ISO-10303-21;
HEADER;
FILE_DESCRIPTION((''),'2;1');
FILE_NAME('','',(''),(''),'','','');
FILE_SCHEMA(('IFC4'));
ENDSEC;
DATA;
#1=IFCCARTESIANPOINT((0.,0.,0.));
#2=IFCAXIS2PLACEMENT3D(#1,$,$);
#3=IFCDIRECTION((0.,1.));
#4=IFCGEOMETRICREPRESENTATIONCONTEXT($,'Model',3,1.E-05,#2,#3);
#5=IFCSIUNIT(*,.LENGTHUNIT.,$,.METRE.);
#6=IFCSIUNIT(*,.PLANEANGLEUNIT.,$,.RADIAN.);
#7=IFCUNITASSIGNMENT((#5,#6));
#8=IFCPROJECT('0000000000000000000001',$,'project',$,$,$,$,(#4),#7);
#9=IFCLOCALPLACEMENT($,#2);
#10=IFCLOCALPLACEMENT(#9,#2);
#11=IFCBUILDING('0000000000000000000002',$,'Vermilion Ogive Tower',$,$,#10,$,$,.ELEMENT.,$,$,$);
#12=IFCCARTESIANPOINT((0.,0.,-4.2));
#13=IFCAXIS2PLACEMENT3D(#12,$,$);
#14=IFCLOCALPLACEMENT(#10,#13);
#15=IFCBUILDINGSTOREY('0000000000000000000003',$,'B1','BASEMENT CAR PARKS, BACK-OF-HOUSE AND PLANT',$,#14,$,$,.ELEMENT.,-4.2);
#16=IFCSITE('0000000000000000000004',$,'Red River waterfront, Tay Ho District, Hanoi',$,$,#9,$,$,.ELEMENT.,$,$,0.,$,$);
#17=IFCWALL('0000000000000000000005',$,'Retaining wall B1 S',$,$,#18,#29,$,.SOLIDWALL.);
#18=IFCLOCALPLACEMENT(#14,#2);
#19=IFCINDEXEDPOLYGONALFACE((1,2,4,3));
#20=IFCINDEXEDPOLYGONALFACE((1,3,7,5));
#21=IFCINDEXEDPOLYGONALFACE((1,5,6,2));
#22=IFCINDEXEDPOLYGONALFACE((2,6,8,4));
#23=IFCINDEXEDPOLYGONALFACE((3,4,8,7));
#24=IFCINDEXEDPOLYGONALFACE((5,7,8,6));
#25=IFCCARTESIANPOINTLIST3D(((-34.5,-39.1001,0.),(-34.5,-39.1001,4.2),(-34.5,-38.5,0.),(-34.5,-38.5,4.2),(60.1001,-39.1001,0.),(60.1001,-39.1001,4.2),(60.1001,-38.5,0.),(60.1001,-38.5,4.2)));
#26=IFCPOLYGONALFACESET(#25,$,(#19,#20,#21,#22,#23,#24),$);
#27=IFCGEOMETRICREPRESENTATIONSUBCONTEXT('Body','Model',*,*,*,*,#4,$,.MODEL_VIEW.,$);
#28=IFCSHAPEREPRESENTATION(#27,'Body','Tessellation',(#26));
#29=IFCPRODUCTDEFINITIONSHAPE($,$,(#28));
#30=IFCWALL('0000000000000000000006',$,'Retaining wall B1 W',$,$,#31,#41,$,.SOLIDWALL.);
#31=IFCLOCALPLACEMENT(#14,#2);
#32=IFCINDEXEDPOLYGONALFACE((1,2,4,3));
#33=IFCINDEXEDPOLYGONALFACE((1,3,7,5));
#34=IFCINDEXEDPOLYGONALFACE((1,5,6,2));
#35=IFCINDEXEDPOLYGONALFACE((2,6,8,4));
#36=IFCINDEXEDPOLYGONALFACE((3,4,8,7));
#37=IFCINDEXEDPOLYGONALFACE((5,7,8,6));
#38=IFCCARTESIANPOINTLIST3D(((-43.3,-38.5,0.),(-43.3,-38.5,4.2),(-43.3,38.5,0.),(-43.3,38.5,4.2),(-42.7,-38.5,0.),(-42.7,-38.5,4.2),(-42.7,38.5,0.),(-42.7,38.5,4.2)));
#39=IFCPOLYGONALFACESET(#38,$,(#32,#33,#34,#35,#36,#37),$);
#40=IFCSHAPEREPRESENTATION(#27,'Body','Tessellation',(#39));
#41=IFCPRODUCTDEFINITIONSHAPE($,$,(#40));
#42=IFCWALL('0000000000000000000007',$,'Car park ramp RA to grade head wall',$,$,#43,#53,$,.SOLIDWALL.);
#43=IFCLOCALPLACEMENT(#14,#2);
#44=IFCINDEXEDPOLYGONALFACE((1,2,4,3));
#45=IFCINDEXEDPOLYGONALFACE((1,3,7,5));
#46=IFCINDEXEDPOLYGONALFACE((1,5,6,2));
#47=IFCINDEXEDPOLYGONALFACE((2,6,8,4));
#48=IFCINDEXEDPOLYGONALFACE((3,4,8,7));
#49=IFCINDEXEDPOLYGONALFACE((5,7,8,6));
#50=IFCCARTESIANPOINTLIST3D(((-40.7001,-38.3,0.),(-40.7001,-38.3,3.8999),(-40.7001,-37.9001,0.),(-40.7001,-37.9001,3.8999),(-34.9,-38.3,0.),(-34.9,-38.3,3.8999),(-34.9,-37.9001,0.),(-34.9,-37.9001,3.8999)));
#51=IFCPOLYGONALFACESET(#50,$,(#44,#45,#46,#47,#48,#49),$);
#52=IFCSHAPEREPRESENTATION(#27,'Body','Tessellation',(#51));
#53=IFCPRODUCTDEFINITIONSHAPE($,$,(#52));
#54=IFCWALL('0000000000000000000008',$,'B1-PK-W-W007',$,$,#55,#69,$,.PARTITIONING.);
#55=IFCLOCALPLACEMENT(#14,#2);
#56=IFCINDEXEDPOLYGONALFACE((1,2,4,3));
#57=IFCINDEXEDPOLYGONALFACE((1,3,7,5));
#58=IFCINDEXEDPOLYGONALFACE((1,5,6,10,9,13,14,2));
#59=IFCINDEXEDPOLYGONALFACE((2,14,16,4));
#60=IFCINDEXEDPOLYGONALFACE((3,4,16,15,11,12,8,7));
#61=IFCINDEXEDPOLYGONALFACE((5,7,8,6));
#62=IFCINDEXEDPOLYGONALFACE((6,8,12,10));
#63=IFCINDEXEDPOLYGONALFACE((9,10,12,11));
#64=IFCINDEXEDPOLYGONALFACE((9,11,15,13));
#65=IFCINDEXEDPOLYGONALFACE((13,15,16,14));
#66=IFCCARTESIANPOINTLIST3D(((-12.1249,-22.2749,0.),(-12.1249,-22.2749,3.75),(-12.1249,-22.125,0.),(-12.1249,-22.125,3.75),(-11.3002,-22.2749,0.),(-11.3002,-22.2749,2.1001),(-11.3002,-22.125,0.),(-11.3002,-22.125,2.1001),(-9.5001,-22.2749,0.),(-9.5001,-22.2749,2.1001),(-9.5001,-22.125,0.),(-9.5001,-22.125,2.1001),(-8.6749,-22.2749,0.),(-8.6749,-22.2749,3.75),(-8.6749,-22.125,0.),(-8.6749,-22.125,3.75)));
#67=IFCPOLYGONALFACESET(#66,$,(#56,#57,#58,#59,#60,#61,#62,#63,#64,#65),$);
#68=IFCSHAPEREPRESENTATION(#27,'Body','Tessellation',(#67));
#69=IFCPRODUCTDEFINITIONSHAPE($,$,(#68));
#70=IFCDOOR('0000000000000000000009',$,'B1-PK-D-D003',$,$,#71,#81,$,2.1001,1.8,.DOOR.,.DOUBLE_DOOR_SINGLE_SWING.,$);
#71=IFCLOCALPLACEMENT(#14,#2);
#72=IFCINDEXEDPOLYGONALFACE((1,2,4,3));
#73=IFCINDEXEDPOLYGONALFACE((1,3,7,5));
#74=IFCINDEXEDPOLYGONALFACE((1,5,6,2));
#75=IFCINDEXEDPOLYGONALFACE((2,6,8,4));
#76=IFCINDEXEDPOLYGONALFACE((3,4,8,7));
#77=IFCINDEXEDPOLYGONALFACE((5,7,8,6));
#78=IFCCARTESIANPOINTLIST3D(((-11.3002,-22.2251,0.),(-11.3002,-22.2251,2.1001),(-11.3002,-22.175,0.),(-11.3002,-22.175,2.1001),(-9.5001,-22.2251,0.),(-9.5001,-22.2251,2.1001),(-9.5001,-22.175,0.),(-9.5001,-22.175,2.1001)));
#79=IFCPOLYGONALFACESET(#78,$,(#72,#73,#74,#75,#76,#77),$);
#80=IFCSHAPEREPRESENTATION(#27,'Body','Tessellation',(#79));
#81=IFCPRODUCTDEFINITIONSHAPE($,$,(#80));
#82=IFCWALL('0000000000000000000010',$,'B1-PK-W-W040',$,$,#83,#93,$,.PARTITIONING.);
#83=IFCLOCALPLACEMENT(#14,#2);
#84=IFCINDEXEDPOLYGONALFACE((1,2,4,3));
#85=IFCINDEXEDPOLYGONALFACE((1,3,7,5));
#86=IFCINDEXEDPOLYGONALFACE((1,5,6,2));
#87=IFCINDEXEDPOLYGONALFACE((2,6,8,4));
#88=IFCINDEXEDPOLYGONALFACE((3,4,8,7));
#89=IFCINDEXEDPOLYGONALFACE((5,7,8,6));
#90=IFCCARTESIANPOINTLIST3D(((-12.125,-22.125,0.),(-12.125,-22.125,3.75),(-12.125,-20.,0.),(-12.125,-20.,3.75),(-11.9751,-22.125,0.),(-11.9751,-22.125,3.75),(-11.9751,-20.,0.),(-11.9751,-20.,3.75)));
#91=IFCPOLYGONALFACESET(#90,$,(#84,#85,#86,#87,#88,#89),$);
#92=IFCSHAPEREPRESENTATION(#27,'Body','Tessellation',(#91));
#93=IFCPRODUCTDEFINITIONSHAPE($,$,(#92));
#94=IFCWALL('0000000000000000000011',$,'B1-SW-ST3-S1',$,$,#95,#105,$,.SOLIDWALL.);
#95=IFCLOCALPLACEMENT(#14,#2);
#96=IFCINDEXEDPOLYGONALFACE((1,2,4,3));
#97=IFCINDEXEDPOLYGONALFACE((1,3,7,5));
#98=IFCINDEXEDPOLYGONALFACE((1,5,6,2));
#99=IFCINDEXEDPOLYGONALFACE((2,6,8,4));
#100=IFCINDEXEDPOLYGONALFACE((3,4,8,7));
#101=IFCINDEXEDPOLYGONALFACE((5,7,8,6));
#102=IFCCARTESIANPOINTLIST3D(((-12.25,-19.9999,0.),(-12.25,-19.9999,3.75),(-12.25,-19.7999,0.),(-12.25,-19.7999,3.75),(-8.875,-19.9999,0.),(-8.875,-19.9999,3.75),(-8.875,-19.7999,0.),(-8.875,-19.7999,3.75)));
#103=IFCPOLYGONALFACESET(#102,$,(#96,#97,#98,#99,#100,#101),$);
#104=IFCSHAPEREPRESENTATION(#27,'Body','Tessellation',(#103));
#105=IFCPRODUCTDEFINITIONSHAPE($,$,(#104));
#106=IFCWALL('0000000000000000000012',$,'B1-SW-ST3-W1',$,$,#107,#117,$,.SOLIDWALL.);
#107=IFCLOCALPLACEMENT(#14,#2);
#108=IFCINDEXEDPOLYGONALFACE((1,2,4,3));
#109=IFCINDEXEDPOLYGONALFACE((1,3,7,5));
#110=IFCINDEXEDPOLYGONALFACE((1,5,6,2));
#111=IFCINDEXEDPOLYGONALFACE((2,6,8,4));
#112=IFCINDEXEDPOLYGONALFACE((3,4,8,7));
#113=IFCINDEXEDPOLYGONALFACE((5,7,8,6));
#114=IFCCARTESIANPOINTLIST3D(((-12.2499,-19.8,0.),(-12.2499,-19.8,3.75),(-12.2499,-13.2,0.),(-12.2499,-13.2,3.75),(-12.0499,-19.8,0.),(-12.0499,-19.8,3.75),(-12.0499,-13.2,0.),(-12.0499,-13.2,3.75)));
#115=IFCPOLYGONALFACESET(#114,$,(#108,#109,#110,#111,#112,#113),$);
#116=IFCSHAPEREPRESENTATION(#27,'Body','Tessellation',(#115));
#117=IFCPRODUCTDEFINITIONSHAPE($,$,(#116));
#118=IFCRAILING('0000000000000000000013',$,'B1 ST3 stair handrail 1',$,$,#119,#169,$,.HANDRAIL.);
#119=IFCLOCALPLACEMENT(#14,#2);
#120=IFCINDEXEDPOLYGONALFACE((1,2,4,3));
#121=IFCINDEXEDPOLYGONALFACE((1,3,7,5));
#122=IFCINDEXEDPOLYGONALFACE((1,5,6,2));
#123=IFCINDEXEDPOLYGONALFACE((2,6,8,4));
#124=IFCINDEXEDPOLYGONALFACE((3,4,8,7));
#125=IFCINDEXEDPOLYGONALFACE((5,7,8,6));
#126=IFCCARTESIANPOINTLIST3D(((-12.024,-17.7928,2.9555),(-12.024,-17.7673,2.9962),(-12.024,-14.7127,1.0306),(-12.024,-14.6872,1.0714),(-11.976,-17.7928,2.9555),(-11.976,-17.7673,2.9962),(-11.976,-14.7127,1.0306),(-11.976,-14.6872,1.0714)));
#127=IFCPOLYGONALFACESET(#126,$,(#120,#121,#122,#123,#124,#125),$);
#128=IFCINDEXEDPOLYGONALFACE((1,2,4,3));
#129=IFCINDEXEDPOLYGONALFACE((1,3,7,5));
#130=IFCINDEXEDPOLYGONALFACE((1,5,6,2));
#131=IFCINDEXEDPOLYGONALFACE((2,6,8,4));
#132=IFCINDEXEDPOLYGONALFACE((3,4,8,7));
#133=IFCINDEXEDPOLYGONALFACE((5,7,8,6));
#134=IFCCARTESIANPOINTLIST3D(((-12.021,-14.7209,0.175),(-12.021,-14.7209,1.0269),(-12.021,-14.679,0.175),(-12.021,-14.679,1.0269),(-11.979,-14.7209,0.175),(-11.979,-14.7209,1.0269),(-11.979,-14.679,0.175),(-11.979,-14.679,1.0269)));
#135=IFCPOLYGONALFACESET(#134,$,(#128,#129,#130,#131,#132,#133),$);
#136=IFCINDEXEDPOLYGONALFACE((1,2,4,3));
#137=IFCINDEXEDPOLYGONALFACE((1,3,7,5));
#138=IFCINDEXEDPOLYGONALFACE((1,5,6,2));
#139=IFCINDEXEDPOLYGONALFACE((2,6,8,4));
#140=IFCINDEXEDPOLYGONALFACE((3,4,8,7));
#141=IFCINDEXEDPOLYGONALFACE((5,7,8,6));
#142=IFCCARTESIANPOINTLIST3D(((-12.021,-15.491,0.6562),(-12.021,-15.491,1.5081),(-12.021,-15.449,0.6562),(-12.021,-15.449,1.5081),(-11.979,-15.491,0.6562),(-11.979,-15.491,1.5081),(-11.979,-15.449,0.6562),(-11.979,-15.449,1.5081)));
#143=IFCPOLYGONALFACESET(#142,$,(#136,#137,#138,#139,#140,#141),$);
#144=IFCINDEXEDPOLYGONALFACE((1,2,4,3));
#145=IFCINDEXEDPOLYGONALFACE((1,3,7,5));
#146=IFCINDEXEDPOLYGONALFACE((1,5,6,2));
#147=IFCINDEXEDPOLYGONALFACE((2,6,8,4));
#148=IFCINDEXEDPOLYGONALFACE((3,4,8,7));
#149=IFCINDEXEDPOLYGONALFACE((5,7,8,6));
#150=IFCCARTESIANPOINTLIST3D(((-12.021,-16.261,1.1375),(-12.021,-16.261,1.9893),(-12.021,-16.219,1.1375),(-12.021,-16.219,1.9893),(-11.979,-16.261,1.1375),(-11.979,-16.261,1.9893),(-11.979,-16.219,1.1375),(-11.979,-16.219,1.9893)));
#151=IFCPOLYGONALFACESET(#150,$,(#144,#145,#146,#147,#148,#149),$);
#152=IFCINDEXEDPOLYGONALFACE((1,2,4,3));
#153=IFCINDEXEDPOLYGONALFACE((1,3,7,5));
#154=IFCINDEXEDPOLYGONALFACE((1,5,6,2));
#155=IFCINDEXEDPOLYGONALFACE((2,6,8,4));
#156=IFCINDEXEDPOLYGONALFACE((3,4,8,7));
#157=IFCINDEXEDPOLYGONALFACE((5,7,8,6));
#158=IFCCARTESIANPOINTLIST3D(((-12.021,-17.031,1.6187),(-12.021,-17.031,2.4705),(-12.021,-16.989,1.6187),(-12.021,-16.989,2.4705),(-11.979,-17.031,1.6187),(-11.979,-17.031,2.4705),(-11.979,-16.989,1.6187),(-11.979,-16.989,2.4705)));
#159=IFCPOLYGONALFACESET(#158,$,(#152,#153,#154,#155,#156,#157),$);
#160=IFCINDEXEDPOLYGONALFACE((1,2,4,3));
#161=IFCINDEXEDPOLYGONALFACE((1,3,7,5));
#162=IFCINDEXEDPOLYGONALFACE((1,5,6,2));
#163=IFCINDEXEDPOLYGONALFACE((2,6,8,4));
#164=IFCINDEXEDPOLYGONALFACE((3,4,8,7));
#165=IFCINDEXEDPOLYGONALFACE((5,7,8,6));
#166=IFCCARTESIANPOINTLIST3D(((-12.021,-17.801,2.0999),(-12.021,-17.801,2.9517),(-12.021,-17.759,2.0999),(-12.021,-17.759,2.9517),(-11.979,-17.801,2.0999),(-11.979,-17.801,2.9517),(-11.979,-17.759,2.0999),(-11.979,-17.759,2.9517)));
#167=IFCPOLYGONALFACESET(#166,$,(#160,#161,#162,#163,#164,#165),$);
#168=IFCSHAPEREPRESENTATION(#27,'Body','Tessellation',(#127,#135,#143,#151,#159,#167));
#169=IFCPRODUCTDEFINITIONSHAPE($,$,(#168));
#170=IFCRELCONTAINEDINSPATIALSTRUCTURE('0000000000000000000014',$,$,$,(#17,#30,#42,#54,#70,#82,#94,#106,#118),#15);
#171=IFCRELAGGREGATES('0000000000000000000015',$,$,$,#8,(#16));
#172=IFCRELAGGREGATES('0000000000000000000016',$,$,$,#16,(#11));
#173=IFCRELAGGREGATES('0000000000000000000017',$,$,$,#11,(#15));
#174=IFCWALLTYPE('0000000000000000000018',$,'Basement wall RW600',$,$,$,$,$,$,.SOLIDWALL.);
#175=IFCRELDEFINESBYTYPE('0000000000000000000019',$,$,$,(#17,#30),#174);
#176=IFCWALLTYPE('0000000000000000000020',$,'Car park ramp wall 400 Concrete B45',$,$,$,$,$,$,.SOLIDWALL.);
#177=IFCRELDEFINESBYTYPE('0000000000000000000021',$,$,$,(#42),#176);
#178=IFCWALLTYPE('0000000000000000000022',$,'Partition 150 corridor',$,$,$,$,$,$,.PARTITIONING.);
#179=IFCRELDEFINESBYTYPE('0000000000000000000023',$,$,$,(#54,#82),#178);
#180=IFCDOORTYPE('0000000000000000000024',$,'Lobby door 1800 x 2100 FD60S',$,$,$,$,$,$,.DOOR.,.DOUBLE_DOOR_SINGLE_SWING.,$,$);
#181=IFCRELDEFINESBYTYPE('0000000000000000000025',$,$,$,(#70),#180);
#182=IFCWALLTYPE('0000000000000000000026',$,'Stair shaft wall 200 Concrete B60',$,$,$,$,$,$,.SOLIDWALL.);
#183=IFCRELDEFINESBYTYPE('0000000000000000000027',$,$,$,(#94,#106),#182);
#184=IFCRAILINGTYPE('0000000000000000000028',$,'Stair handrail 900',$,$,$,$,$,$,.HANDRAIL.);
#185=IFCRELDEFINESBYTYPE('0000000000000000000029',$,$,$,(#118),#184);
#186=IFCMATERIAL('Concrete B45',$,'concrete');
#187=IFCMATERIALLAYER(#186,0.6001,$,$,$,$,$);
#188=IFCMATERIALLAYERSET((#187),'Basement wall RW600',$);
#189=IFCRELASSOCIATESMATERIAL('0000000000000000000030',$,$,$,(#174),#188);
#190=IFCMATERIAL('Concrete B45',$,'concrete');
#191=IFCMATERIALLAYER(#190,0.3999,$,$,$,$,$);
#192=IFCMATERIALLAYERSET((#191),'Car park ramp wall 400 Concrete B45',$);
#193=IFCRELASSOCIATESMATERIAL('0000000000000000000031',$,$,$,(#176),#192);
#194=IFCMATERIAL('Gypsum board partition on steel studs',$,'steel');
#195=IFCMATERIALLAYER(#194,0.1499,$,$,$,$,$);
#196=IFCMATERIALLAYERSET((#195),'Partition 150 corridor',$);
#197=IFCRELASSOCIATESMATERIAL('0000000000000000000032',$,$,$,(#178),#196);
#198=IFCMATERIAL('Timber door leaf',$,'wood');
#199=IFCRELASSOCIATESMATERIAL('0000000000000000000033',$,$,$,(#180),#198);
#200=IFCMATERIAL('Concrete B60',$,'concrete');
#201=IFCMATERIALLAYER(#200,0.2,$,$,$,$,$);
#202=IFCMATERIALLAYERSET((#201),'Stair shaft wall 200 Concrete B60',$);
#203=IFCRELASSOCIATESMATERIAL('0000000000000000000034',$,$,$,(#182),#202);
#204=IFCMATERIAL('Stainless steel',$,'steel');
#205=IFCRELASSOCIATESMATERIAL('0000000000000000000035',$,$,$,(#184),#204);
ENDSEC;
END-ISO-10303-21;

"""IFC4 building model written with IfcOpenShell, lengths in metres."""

from ifc_helpers import new_model, si_unit, direction, frame, frame_2d, origin, origin_2d, place, context, subcontext, project, spatial, rectangle, extrude, material, layer, layer_set, type_object, element, fill, save


model = new_model("IFC4")

# Units and contexts
model_context = context("Model", 3, precision=1e-05, world=origin(), true_north=direction((0.0, 1.0)))
body_context = subcontext(model_context, "Body", "Model", "MODEL_VIEW")
ifc_project = project(units=[si_unit("LENGTHUNIT", "METRE"), si_unit("PLANEANGLEUNIT", "RADIAN")], contexts=[model_context])

# Site, building, storey
site_placement = place(None, origin())
site = spatial("IfcSite", under=ifc_project, at=site_placement, Name="Red River waterfront, Tay Ho District, Hanoi", CompositionType="ELEMENT", RefElevation=0.0)
building_placement = place(site_placement, origin())
building = spatial("IfcBuilding", under=site, at=building_placement, Name="Vermilion Ogive Tower", CompositionType="ELEMENT")
storey_placement = place(building_placement, frame((0.0, 0.0, -4.2)))
storey = spatial("IfcBuildingStorey", under=building, at=storey_placement, Name="B1", Description="BASEMENT CAR PARKS, BACK-OF-HOUSE AND PLANT", CompositionType="ELEMENT", Elevation=-4.2)

# Walls
ifc_material_1 = material(Name="Concrete B45", Category="concrete")
ifc_layer_1 = layer(ifc_material_1, 0.6001)
ifc_layer_set_1 = layer_set([ifc_layer_1], Name="Basement wall RW600")
wall_type_1 = type_object("IfcWallType", Name="Basement wall RW600", PredefinedType="SOLIDWALL", material=ifc_layer_set_1)
wall_1_placement = place(storey_placement, frame((-34.5, -38.8, 0.0), z_axis=(0.0, 0.0, 1.0), x_axis=(1.0, 0.0, 0.0)))
element("IfcWall", 1, at=wall_1_placement, inside=storey, type_object=wall_type_1, Name="Retaining wall B1 S", PredefinedType="SOLIDWALL", context=body_context, shape_type="SweptSolid", body=[
    extrude(rectangle(XDim=94.6001, YDim=0.6001, at=frame_2d((47.3, 0.0))), origin(), (0.0, 0.0, 1.0), 4.2),
])
wall_2_placement = place(storey_placement, frame((-43.0, -38.5, 0.0), z_axis=(0.0, 0.0, 1.0), x_axis=(0.0, 1.0, 0.0)))
element("IfcWall", 2, at=wall_2_placement, inside=storey, type_object=wall_type_1, Name="Retaining wall B1 W", PredefinedType="SOLIDWALL", context=body_context, shape_type="SweptSolid", body=[
    extrude(rectangle(XDim=77.0, YDim=0.6001, at=frame_2d((38.5, 0.0))), origin(), (0.0, 0.0, 1.0), 4.2),
])
ifc_material_2 = material(Name="Concrete B45", Category="concrete")
ifc_layer_2 = layer(ifc_material_2, 0.3999)
ifc_layer_set_2 = layer_set([ifc_layer_2], Name="Car park ramp wall 400 Concrete B45")
wall_type_2 = type_object("IfcWallType", Name="Car park ramp wall 400 Concrete B45", PredefinedType="SOLIDWALL", material=ifc_layer_set_2)
wall_3_placement = place(storey_placement, frame((-40.7, -38.1001, 0.0), z_axis=(0.0, 0.0, 1.0), x_axis=(1.0, 0.0, 0.0)))
element("IfcWall", 3, at=wall_3_placement, inside=storey, type_object=wall_type_2, Name="Car park ramp RA to grade head wall", PredefinedType="SOLIDWALL", context=body_context, shape_type="SweptSolid", body=[
    extrude(rectangle(XDim=5.8, YDim=0.3999, at=frame_2d((2.8999, 0.0))), origin(), (0.0, 0.0, 1.0), 3.8999),
])

# Wall, opening, door
ifc_material_3 = material(Name="Gypsum board partition on steel studs", Category="steel")
ifc_layer_3 = layer(ifc_material_3, 0.1499)
ifc_layer_set_3 = layer_set([ifc_layer_3], Name="Partition 150 corridor")
wall_type_3 = type_object("IfcWallType", Name="Partition 150 corridor", PredefinedType="PARTITIONING", material=ifc_layer_set_3)
wall_4_placement = place(storey_placement, frame((-12.125, -22.2, 0.0), z_axis=(0.0, 0.0, 1.0), x_axis=(1.0, 0.0, 0.0)))
wall_4 = element("IfcWall", 4, at=wall_4_placement, inside=storey, type_object=wall_type_3, Name="B1-PK-W-W007", PredefinedType="PARTITIONING", context=body_context, shape_type="SweptSolid", body=[
    extrude(rectangle(XDim=3.45, YDim=0.1499, at=frame_2d((1.7251, 0.0))), origin(), (0.0, 0.0, 1.0), 3.75),
])
opening_placement = place(wall_4_placement, frame((0.825, 0.0, 0.0)))
opening = element("IfcOpeningElement", 5, at=opening_placement, cuts=wall_4, PredefinedType="OPENING", context=body_context, shape_type="SweptSolid", body=[
    extrude(rectangle(XDim=1.8, YDim=2.1001, at=frame_2d((0.8999, 1.05))), frame((0.0, 0.085, 0.0), z_axis=(0.0, -1.0, 0.0), x_axis=(1.0, 0.0, 0.0)), (0.0, 0.0, 1.0), 0.1699),
])
ifc_material_4 = material(Name="Timber door leaf", Category="wood")
door_type = type_object("IfcDoorType", Name="Lobby door 1800 x 2100 FD60S", OperationType="DOUBLE_DOOR_SINGLE_SWING", PredefinedType="DOOR", material=ifc_material_4)
door_placement = place(opening_placement, origin())
door = element("IfcDoor", 6, at=door_placement, inside=storey, type_object=door_type, Name="B1-PK-D-D003", OperationType="DOUBLE_DOOR_SINGLE_SWING", OverallHeight=2.1001, OverallWidth=1.8, PredefinedType="DOOR", context=body_context, shape_type="SweptSolid", body=[
    extrude(rectangle(XDim=1.8, YDim=2.1001, at=frame_2d((0.8999, 1.05))), frame((0.0, 0.0249, 0.0), z_axis=(0.0, -1.0, 0.0), x_axis=(1.0, 0.0, 0.0)), (0.0, 0.0, 1.0), 0.05),
])
fill(opening, door)

# Walls
wall_5_placement = place(storey_placement, frame((-12.05, -22.125, 0.0), z_axis=(0.0, 0.0, 1.0), x_axis=(0.0, 1.0, 0.0)))
element("IfcWall", 7, at=wall_5_placement, inside=storey, type_object=wall_type_3, Name="B1-PK-W-W040", PredefinedType="PARTITIONING", context=body_context, shape_type="SweptSolid", body=[
    extrude(rectangle(XDim=2.125, YDim=0.1499, at=frame_2d((1.0625, 0.0))), origin(), (0.0, 0.0, 1.0), 3.75),
])
ifc_material_5 = material(Name="Concrete B60", Category="concrete")
ifc_layer_4 = layer(ifc_material_5, 0.2)
ifc_layer_set_4 = layer_set([ifc_layer_4], Name="Stair shaft wall 200 Concrete B60")
wall_type_4 = type_object("IfcWallType", Name="Stair shaft wall 200 Concrete B60", PredefinedType="SOLIDWALL", material=ifc_layer_set_4)
wall_6_placement = place(storey_placement, frame((-12.25, -19.8999, 0.0), z_axis=(0.0, 0.0, 1.0), x_axis=(1.0, 0.0, 0.0)))
element("IfcWall", 8, at=wall_6_placement, inside=storey, type_object=wall_type_4, Name="B1-SW-ST3-S1", PredefinedType="SOLIDWALL", context=body_context, shape_type="SweptSolid", body=[
    extrude(rectangle(XDim=3.375, YDim=0.2, at=frame_2d((1.6875, 0.0))), origin(), (0.0, 0.0, 1.0), 3.75),
])
wall_7_placement = place(storey_placement, frame((-12.1499, -19.8, 0.0), z_axis=(0.0, 0.0, 1.0), x_axis=(0.0, 1.0, 0.0)))
element("IfcWall", 9, at=wall_7_placement, inside=storey, type_object=wall_type_4, Name="B1-SW-ST3-W1", PredefinedType="SOLIDWALL", context=body_context, shape_type="SweptSolid", body=[
    extrude(rectangle(XDim=6.6001, YDim=0.2, at=frame_2d((3.3, 0.0))), origin(), (0.0, 0.0, 1.0), 3.75),
])

# Railing
ifc_material_6 = material(Name="Stainless steel", Category="steel")
railing_type = type_object("IfcRailingType", Name="Stair handrail 900", PredefinedType="HANDRAIL", material=ifc_material_6)
railing_placement = place(storey_placement, frame((-12.0, -14.7, 0.175)))
element("IfcRailing", 10, at=railing_placement, inside=storey, type_object=railing_type, Name="B1 ST3 stair handrail 1", PredefinedType="HANDRAIL", context=body_context, shape_type="SweptSolid", body=[
    extrude(rectangle(XDim=0.0481, YDim=0.0481, at=origin_2d()), frame((0.0, 0.0, 0.876), z_axis=(0.0, -0.848029, 0.529951), x_axis=(1.0, 0.0, 0.0)), (0.0, 0.0, 1.0), 3.6321),
    extrude(rectangle(XDim=0.042, YDim=0.042, at=origin_2d()), origin(), (0.0, 0.0, 1.0), 0.8518),
    extrude(rectangle(XDim=0.042, YDim=0.042, at=origin_2d()), frame((0.0, -0.77, 0.4812)), (0.0, 0.0, 1.0), 0.8518),
    extrude(rectangle(XDim=0.042, YDim=0.042, at=origin_2d()), frame((0.0, -1.54, 0.9624)), (0.0, 0.0, 1.0), 0.8518),
    extrude(rectangle(XDim=0.042, YDim=0.042, at=origin_2d()), frame((0.0, -2.3101, 1.4436)), (0.0, 0.0, 1.0), 0.8518),
    extrude(rectangle(XDim=0.042, YDim=0.042, at=origin_2d()), frame((0.0, -3.0801, 1.9248)), (0.0, 0.0, 1.0), 0.8518),
])

save(model, "model.ifc")
